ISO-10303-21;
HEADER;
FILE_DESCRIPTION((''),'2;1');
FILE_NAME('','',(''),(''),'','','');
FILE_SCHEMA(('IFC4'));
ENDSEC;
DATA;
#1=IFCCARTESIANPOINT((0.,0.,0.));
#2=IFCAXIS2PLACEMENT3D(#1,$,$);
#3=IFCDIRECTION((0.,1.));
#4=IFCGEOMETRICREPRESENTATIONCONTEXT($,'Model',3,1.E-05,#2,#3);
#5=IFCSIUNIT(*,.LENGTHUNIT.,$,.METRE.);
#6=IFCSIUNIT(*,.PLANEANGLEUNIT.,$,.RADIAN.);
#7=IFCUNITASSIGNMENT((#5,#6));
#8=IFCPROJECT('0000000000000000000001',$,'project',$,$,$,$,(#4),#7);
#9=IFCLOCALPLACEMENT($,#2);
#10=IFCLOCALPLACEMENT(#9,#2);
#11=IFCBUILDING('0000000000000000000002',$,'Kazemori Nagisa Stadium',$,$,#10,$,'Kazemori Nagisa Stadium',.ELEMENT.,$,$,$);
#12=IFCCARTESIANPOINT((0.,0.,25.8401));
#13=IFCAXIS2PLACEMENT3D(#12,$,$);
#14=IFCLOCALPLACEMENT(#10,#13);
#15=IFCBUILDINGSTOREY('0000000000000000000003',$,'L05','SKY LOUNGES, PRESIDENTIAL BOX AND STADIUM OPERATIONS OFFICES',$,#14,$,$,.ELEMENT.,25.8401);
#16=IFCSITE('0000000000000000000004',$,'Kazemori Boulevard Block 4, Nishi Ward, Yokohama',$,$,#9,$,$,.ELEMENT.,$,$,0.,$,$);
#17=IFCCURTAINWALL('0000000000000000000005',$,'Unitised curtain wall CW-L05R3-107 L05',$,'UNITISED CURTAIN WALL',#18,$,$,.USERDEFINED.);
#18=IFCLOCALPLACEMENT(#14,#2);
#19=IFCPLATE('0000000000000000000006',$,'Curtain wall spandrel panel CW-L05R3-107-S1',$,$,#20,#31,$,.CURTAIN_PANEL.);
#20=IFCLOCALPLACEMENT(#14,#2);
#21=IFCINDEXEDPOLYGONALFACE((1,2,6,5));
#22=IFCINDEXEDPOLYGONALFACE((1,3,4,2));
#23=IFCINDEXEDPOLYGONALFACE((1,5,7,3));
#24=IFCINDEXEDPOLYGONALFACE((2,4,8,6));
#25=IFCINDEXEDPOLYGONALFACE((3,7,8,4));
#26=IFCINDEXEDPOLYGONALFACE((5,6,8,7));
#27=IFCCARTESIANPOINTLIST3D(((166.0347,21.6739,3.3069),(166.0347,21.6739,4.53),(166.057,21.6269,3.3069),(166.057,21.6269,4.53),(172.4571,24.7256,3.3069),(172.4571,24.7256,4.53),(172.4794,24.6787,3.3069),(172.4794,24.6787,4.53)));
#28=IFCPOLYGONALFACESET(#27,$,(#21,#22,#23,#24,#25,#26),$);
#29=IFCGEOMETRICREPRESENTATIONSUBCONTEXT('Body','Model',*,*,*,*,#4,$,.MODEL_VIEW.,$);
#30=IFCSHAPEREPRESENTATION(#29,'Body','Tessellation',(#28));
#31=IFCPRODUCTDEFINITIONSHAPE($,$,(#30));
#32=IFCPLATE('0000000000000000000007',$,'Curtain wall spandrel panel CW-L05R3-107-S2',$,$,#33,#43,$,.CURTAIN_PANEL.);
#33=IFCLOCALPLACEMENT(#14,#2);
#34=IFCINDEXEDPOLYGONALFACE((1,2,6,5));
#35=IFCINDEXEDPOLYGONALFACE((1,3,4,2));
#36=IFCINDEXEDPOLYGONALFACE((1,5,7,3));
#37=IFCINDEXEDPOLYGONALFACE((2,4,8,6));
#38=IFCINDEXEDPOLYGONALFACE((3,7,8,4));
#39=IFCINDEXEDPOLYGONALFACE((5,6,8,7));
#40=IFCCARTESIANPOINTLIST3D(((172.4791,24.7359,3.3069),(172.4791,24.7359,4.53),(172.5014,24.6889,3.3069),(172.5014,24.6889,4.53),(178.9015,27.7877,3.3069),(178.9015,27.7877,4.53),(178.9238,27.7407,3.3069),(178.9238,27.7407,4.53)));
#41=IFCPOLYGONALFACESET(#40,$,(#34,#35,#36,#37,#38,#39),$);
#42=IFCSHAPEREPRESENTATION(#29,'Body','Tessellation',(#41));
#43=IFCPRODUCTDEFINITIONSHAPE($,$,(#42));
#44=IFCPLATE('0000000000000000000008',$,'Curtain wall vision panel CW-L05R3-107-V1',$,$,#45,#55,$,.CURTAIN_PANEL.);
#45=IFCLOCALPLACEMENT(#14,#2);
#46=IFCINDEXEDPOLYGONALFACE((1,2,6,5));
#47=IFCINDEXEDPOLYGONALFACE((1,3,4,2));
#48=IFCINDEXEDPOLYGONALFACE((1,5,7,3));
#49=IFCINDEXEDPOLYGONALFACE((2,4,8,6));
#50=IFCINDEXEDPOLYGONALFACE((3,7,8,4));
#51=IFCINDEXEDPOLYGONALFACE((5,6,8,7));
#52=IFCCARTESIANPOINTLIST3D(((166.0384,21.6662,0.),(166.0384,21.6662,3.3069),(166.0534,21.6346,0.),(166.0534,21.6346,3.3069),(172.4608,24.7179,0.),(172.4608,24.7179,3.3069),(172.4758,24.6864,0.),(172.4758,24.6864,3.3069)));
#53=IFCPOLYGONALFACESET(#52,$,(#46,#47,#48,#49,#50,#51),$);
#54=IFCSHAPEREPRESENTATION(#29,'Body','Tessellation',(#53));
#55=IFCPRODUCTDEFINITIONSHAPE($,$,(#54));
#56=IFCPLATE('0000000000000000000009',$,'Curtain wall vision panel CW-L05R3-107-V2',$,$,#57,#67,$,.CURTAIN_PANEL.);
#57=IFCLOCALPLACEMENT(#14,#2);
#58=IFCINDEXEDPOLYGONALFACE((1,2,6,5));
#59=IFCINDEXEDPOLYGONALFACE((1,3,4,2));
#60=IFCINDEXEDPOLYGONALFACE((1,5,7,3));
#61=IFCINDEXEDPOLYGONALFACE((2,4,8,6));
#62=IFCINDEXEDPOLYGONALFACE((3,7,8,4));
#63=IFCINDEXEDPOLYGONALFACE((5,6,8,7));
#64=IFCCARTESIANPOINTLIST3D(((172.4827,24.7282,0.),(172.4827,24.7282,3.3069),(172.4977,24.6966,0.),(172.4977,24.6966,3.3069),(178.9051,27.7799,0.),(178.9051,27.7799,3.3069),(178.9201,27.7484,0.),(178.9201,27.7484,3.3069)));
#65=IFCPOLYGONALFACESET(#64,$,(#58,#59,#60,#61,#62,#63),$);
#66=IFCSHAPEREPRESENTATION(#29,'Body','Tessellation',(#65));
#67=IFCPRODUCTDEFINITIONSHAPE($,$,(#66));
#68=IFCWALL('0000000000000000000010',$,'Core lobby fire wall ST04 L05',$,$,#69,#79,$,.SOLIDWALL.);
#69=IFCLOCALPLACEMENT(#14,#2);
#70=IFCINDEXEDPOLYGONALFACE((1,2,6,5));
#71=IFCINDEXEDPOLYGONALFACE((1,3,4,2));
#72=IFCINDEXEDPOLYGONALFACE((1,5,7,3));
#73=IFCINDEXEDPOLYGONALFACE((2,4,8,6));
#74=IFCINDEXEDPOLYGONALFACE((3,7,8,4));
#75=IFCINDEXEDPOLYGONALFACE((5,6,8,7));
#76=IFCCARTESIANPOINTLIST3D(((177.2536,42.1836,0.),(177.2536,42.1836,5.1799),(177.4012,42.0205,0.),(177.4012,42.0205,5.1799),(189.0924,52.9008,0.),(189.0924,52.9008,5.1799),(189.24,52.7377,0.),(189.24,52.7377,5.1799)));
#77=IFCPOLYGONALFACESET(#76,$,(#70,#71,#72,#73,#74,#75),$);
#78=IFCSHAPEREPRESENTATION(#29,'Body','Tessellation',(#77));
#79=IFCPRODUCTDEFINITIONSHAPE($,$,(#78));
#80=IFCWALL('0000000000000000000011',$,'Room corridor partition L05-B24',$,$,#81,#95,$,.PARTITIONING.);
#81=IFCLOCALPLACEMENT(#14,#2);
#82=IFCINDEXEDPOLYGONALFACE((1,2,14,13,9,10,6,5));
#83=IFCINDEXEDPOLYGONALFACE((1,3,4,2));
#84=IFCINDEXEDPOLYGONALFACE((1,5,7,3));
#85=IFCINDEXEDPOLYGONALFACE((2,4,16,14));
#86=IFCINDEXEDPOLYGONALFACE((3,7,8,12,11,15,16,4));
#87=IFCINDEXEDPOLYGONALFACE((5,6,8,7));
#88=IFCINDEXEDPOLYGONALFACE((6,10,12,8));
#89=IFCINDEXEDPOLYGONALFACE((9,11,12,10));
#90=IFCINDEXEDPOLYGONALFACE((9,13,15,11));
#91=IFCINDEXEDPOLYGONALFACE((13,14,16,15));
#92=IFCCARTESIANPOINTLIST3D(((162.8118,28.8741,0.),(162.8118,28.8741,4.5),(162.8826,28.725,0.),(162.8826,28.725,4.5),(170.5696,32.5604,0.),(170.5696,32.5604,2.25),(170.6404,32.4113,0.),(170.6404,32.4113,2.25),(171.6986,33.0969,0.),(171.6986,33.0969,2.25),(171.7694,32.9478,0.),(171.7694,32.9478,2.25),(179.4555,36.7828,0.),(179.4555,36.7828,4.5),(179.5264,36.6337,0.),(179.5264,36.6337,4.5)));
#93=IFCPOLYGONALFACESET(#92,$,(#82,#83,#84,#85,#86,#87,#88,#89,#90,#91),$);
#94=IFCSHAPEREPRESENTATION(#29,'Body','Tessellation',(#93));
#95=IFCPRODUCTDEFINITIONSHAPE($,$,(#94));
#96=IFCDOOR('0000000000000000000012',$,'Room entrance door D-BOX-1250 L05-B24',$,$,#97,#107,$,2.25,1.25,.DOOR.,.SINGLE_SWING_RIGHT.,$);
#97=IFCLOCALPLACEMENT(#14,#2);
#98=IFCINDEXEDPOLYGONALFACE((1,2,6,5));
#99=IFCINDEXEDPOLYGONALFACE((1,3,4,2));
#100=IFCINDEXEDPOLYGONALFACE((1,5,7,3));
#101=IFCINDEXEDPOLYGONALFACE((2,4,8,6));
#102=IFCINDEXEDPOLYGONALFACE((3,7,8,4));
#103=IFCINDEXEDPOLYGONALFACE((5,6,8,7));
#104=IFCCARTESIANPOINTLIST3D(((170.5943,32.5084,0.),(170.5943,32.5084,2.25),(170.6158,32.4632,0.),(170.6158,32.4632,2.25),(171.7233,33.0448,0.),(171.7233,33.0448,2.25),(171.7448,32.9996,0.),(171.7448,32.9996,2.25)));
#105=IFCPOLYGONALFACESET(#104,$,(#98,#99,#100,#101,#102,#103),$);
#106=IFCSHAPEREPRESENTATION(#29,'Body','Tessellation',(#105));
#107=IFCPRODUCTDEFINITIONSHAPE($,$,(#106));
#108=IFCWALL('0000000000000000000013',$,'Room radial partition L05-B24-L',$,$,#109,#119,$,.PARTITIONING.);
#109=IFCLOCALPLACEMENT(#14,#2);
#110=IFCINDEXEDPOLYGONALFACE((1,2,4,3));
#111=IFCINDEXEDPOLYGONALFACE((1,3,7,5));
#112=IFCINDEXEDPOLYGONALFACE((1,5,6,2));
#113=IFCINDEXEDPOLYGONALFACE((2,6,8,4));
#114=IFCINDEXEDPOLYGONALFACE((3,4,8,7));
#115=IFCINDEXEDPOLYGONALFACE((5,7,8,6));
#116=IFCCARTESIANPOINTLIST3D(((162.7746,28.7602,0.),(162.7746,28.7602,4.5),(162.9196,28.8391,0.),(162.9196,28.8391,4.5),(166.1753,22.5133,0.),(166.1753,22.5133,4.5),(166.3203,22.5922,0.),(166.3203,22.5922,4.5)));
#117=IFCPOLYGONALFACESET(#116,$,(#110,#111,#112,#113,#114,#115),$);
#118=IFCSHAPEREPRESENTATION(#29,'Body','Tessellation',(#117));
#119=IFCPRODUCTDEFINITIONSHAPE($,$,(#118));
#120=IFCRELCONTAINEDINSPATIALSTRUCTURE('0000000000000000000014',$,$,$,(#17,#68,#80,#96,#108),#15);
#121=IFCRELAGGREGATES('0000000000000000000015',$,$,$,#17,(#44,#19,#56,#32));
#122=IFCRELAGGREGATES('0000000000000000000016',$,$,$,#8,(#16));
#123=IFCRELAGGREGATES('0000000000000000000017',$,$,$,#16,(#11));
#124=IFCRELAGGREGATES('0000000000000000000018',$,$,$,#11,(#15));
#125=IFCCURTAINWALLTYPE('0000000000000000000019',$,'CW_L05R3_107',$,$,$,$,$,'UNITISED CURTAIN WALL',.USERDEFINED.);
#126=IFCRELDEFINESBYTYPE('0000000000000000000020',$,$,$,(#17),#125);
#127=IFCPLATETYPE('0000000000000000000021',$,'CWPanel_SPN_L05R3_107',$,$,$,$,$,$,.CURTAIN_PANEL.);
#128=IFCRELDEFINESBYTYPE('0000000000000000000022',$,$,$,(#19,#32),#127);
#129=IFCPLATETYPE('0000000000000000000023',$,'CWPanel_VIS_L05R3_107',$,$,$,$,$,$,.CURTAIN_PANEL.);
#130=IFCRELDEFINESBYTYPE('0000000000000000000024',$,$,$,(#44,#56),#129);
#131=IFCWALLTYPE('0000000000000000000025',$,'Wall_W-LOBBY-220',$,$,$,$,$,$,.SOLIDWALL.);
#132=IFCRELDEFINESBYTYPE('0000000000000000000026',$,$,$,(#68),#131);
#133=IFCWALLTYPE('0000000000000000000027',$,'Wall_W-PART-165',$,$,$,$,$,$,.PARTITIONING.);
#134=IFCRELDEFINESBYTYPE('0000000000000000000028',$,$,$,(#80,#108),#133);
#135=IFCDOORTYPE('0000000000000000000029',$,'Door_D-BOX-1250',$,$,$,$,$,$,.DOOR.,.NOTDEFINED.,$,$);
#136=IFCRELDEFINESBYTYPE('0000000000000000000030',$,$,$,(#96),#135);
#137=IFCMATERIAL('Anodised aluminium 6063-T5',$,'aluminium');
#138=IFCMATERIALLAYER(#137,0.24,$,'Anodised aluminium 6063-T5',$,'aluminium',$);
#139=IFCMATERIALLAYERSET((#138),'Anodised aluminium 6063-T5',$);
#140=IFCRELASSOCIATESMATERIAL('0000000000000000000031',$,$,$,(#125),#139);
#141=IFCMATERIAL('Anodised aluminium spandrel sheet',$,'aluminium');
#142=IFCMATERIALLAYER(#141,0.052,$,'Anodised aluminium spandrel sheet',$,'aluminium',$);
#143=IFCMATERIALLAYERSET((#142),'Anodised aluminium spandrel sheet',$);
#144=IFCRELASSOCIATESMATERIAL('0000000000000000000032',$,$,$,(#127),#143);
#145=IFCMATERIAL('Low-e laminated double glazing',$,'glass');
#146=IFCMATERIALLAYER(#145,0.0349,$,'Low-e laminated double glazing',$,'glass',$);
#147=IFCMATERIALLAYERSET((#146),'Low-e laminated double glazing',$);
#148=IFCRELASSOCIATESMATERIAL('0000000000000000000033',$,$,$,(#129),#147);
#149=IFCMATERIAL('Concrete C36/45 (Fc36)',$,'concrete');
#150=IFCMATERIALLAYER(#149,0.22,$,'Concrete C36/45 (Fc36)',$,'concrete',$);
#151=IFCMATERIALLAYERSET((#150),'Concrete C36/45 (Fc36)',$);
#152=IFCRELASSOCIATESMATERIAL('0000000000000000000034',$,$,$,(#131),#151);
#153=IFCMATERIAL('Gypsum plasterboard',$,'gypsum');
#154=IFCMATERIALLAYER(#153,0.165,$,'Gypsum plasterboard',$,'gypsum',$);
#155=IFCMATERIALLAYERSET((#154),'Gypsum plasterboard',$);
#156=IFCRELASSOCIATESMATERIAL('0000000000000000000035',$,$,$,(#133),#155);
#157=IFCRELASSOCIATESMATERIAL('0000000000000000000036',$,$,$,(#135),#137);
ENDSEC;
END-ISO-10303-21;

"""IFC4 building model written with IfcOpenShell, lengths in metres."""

from ifc_helpers import new_model, si_unit, direction, frame, frame_2d, origin, origin_2d, place, context, subcontext, project, spatial, rectangle, extrude, material, layer, layer_set, type_object, element, fill, aggregate, save


model = new_model("IFC4")

# Units and contexts
model_context = context("Model", 3, precision=1e-05, world=origin(), true_north=direction((0.0, 1.0)))
body_context = subcontext(model_context, "Body", "Model", "MODEL_VIEW")
ifc_project = project(units=[si_unit("LENGTHUNIT", "METRE"), si_unit("PLANEANGLEUNIT", "RADIAN")], contexts=[model_context])

# Site, building, storey
site_placement = place(None, origin())
site = spatial("IfcSite", under=ifc_project, at=site_placement, Name="Kazemori Boulevard Block 4, Nishi Ward, Yokohama", CompositionType="ELEMENT", RefElevation=0.0)
building_placement = place(site_placement, origin())
building = spatial("IfcBuilding", under=site, at=building_placement, Name="Kazemori Nagisa Stadium", LongName="Kazemori Nagisa Stadium", CompositionType="ELEMENT")
storey_placement = place(building_placement, frame((0.0, 0.0, 25.8401)))
storey = spatial("IfcBuildingStorey", under=building, at=storey_placement, Name="L05", Description="SKY LOUNGES, PRESIDENTIAL BOX AND STADIUM OPERATIONS OFFICES", CompositionType="ELEMENT", Elevation=25.8401)

# Shared definitions
ifc_material_1 = material(Name="Anodised aluminium 6063-T5", Category="aluminium")
ifc_layer_1 = layer(ifc_material_1, 0.24, Name="Anodised aluminium 6063-T5", Category="aluminium")
ifc_layer_set_1 = layer_set([ifc_layer_1], Name="Anodised aluminium 6063-T5")
curtain_wall_type = type_object("IfcCurtainWallType", Name="CW_L05R3_107", ElementType="UNITISED CURTAIN WALL", PredefinedType="USERDEFINED", material=ifc_layer_set_1)

# Curtain wall
curtain_wall_1_placement = place(storey_placement, origin())
curtain_wall_1 = element("IfcCurtainWall", 1, at=curtain_wall_1_placement, inside=storey, type_object=curtain_wall_type, Name="Unitised curtain wall CW-L05R3-107 L05", ObjectType="UNITISED CURTAIN WALL", PredefinedType="USERDEFINED")

# Plates
ifc_material_2 = material(Name="Anodised aluminium spandrel sheet", Category="aluminium")
ifc_layer_2 = layer(ifc_material_2, 0.052, Name="Anodised aluminium spandrel sheet", Category="aluminium")
ifc_layer_set_2 = layer_set([ifc_layer_2], Name="Anodised aluminium spandrel sheet")
plate_type_1 = type_object("IfcPlateType", Name="CWPanel_SPN_L05R3_107", PredefinedType="CURTAIN_PANEL", material=ifc_layer_set_2)
plate_1_placement = place(storey_placement, frame((169.2571, 23.1763, 3.3069), z_axis=(0.0, 0.0, 1.0), x_axis=(0.903216, 0.429186, 0.0)))
plate_1 = element("IfcPlate", 2, at=plate_1_placement, type_object=plate_type_1, Name="Curtain wall spandrel panel CW-L05R3-107-S1", PredefinedType="CURTAIN_PANEL", context=body_context, shape_type="SweptSolid", body=[
    extrude(rectangle(XDim=7.1106, YDim=0.052, at=origin_2d()), origin(), (0.0, 0.0, 1.0), 1.2231),
])
plate_2_placement = place(storey_placement, frame((175.7014, 26.2383, 3.3069), z_axis=(0.0, 0.0, 1.0), x_axis=(0.903216, 0.429186, 0.0)))
plate_2 = element("IfcPlate", 3, at=plate_2_placement, type_object=plate_type_1, Name="Curtain wall spandrel panel CW-L05R3-107-S2", PredefinedType="CURTAIN_PANEL", context=body_context, shape_type="SweptSolid", body=[
    extrude(rectangle(XDim=7.1106, YDim=0.052, at=origin_2d()), origin(), (0.0, 0.0, 1.0), 1.2231),
])
ifc_material_3 = material(Name="Low-e laminated double glazing", Category="glass")
ifc_layer_3 = layer(ifc_material_3, 0.0349, Name="Low-e laminated double glazing", Category="glass")
ifc_layer_set_3 = layer_set([ifc_layer_3], Name="Low-e laminated double glazing")
plate_type_2 = type_object("IfcPlateType", Name="CWPanel_VIS_L05R3_107", PredefinedType="CURTAIN_PANEL", material=ifc_layer_set_3)
plate_3_placement = place(storey_placement, frame((169.2571, 23.1763, 0.0), z_axis=(0.0, 0.0, 1.0), x_axis=(0.903216, 0.429186, 0.0)))
plate_3 = element("IfcPlate", 4, at=plate_3_placement, type_object=plate_type_2, Name="Curtain wall vision panel CW-L05R3-107-V1", PredefinedType="CURTAIN_PANEL", context=body_context, shape_type="SweptSolid", body=[
    extrude(rectangle(XDim=7.1106, YDim=0.0349, at=origin_2d()), origin(), (0.0, 0.0, 1.0), 3.3069),
])
plate_4_placement = place(storey_placement, frame((175.7014, 26.2383, 0.0), z_axis=(0.0, 0.0, 1.0), x_axis=(0.903216, 0.429186, 0.0)))
plate_4 = element("IfcPlate", 5, at=plate_4_placement, type_object=plate_type_2, Name="Curtain wall vision panel CW-L05R3-107-V2", PredefinedType="CURTAIN_PANEL", context=body_context, shape_type="SweptSolid", body=[
    extrude(rectangle(XDim=7.1106, YDim=0.0349, at=origin_2d()), origin(), (0.0, 0.0, 1.0), 3.3069),
])
aggregate(curtain_wall_1, [plate_3, plate_1, plate_4, plate_2])

# Wall
ifc_material_4 = material(Name="Concrete C36/45 (Fc36)", Category="concrete")
ifc_layer_4 = layer(ifc_material_4, 0.22, Name="Concrete C36/45 (Fc36)", Category="concrete")
ifc_layer_set_4 = layer_set([ifc_layer_4], Name="Concrete C36/45 (Fc36)")
wall_type_1 = type_object("IfcWallType", Name="Wall_W-LOBBY-220", PredefinedType="SOLIDWALL", material=ifc_layer_set_4)
wall_1_placement = place(storey_placement, frame((177.3274, 42.1021, 0.0), z_axis=(0.0, 0.0, 1.0), x_axis=(0.741351, 0.671117, 0.0)))
element("IfcWall", 6, at=wall_1_placement, inside=storey, type_object=wall_type_1, Name="Core lobby fire wall ST04 L05", PredefinedType="SOLIDWALL", context=body_context, shape_type="SweptSolid", body=[
    extrude(rectangle(XDim=15.9692, YDim=0.22, at=frame_2d((7.9846, 0.0))), origin(), (0.0, 0.0, 1.0), 5.1799),
])

# Wall, opening, door
ifc_material_5 = material(Name="Gypsum plasterboard", Category="gypsum")
ifc_layer_5 = layer(ifc_material_5, 0.165, Name="Gypsum plasterboard", Category="gypsum")
ifc_layer_set_5 = layer_set([ifc_layer_5], Name="Gypsum plasterboard")
wall_type_2 = type_object("IfcWallType", Name="Wall_W-PART-165", PredefinedType="PARTITIONING", material=ifc_layer_set_5)
wall_2_placement = place(storey_placement, frame((162.8472, 28.7996, 0.0), z_axis=(0.0, 0.0, 1.0), x_axis=(0.903217, 0.429185, 0.0)))
wall_2 = element("IfcWall", 7, at=wall_2_placement, inside=storey, type_object=wall_type_2, Name="Room corridor partition L05-B24", PredefinedType="PARTITIONING", context=body_context, shape_type="SweptSolid", body=[
    extrude(rectangle(XDim=18.4272, YDim=0.165, at=frame_2d((9.2136, 0.0))), origin(), (0.0, 0.0, 1.0), 4.5),
])
opening_placement = place(wall_2_placement, frame((8.5891, 0.0, 0.0)))
opening = element("IfcOpeningElement", 8, at=opening_placement, cuts=wall_2, PredefinedType="OPENING", context=body_context, shape_type="SweptSolid", body=[
    extrude(rectangle(XDim=1.25, YDim=2.25, at=frame_2d((0.625, 1.125))), frame((0.0, 0.0925, 0.0), z_axis=(0.0, -1.0, 0.0), x_axis=(1.0, 0.0, 0.0)), (0.0, 0.0, 1.0), 0.1851),
])
door_type = type_object("IfcDoorType", Name="Door_D-BOX-1250", OperationType="NOTDEFINED", PredefinedType="DOOR", material=ifc_material_1)
door_placement = place(opening_placement, origin())
door = element("IfcDoor", 9, at=door_placement, inside=storey, type_object=door_type, Name="Room entrance door D-BOX-1250 L05-B24", OperationType="SINGLE_SWING_RIGHT", OverallHeight=2.25, OverallWidth=1.25, PredefinedType="DOOR", context=body_context, shape_type="SweptSolid", body=[
    extrude(rectangle(XDim=1.25, YDim=2.25, at=frame_2d((0.625, 1.125))), frame((0.0, 0.0249, 0.0), z_axis=(0.0, -1.0, 0.0), x_axis=(1.0, 0.0, 0.0)), (0.0, 0.0, 1.0), 0.05),
])
fill(opening, door)

# Wall
wall_3_placement = place(storey_placement, frame((162.8472, 28.7996, 0.0), z_axis=(0.0, 0.0, 1.0), x_axis=(0.478123, -0.878293, 0.0)))
element("IfcWall", 10, at=wall_3_placement, inside=storey, type_object=wall_type_2, Name="Room radial partition L05-B24-L", PredefinedType="PARTITIONING", context=body_context, shape_type="SweptSolid", body=[
    extrude(rectangle(XDim=7.1125, YDim=0.165, at=frame_2d((3.5562, 0.0))), origin(), (0.0, 0.0, 1.0), 4.5),
])

save(model, "model.ifc")
